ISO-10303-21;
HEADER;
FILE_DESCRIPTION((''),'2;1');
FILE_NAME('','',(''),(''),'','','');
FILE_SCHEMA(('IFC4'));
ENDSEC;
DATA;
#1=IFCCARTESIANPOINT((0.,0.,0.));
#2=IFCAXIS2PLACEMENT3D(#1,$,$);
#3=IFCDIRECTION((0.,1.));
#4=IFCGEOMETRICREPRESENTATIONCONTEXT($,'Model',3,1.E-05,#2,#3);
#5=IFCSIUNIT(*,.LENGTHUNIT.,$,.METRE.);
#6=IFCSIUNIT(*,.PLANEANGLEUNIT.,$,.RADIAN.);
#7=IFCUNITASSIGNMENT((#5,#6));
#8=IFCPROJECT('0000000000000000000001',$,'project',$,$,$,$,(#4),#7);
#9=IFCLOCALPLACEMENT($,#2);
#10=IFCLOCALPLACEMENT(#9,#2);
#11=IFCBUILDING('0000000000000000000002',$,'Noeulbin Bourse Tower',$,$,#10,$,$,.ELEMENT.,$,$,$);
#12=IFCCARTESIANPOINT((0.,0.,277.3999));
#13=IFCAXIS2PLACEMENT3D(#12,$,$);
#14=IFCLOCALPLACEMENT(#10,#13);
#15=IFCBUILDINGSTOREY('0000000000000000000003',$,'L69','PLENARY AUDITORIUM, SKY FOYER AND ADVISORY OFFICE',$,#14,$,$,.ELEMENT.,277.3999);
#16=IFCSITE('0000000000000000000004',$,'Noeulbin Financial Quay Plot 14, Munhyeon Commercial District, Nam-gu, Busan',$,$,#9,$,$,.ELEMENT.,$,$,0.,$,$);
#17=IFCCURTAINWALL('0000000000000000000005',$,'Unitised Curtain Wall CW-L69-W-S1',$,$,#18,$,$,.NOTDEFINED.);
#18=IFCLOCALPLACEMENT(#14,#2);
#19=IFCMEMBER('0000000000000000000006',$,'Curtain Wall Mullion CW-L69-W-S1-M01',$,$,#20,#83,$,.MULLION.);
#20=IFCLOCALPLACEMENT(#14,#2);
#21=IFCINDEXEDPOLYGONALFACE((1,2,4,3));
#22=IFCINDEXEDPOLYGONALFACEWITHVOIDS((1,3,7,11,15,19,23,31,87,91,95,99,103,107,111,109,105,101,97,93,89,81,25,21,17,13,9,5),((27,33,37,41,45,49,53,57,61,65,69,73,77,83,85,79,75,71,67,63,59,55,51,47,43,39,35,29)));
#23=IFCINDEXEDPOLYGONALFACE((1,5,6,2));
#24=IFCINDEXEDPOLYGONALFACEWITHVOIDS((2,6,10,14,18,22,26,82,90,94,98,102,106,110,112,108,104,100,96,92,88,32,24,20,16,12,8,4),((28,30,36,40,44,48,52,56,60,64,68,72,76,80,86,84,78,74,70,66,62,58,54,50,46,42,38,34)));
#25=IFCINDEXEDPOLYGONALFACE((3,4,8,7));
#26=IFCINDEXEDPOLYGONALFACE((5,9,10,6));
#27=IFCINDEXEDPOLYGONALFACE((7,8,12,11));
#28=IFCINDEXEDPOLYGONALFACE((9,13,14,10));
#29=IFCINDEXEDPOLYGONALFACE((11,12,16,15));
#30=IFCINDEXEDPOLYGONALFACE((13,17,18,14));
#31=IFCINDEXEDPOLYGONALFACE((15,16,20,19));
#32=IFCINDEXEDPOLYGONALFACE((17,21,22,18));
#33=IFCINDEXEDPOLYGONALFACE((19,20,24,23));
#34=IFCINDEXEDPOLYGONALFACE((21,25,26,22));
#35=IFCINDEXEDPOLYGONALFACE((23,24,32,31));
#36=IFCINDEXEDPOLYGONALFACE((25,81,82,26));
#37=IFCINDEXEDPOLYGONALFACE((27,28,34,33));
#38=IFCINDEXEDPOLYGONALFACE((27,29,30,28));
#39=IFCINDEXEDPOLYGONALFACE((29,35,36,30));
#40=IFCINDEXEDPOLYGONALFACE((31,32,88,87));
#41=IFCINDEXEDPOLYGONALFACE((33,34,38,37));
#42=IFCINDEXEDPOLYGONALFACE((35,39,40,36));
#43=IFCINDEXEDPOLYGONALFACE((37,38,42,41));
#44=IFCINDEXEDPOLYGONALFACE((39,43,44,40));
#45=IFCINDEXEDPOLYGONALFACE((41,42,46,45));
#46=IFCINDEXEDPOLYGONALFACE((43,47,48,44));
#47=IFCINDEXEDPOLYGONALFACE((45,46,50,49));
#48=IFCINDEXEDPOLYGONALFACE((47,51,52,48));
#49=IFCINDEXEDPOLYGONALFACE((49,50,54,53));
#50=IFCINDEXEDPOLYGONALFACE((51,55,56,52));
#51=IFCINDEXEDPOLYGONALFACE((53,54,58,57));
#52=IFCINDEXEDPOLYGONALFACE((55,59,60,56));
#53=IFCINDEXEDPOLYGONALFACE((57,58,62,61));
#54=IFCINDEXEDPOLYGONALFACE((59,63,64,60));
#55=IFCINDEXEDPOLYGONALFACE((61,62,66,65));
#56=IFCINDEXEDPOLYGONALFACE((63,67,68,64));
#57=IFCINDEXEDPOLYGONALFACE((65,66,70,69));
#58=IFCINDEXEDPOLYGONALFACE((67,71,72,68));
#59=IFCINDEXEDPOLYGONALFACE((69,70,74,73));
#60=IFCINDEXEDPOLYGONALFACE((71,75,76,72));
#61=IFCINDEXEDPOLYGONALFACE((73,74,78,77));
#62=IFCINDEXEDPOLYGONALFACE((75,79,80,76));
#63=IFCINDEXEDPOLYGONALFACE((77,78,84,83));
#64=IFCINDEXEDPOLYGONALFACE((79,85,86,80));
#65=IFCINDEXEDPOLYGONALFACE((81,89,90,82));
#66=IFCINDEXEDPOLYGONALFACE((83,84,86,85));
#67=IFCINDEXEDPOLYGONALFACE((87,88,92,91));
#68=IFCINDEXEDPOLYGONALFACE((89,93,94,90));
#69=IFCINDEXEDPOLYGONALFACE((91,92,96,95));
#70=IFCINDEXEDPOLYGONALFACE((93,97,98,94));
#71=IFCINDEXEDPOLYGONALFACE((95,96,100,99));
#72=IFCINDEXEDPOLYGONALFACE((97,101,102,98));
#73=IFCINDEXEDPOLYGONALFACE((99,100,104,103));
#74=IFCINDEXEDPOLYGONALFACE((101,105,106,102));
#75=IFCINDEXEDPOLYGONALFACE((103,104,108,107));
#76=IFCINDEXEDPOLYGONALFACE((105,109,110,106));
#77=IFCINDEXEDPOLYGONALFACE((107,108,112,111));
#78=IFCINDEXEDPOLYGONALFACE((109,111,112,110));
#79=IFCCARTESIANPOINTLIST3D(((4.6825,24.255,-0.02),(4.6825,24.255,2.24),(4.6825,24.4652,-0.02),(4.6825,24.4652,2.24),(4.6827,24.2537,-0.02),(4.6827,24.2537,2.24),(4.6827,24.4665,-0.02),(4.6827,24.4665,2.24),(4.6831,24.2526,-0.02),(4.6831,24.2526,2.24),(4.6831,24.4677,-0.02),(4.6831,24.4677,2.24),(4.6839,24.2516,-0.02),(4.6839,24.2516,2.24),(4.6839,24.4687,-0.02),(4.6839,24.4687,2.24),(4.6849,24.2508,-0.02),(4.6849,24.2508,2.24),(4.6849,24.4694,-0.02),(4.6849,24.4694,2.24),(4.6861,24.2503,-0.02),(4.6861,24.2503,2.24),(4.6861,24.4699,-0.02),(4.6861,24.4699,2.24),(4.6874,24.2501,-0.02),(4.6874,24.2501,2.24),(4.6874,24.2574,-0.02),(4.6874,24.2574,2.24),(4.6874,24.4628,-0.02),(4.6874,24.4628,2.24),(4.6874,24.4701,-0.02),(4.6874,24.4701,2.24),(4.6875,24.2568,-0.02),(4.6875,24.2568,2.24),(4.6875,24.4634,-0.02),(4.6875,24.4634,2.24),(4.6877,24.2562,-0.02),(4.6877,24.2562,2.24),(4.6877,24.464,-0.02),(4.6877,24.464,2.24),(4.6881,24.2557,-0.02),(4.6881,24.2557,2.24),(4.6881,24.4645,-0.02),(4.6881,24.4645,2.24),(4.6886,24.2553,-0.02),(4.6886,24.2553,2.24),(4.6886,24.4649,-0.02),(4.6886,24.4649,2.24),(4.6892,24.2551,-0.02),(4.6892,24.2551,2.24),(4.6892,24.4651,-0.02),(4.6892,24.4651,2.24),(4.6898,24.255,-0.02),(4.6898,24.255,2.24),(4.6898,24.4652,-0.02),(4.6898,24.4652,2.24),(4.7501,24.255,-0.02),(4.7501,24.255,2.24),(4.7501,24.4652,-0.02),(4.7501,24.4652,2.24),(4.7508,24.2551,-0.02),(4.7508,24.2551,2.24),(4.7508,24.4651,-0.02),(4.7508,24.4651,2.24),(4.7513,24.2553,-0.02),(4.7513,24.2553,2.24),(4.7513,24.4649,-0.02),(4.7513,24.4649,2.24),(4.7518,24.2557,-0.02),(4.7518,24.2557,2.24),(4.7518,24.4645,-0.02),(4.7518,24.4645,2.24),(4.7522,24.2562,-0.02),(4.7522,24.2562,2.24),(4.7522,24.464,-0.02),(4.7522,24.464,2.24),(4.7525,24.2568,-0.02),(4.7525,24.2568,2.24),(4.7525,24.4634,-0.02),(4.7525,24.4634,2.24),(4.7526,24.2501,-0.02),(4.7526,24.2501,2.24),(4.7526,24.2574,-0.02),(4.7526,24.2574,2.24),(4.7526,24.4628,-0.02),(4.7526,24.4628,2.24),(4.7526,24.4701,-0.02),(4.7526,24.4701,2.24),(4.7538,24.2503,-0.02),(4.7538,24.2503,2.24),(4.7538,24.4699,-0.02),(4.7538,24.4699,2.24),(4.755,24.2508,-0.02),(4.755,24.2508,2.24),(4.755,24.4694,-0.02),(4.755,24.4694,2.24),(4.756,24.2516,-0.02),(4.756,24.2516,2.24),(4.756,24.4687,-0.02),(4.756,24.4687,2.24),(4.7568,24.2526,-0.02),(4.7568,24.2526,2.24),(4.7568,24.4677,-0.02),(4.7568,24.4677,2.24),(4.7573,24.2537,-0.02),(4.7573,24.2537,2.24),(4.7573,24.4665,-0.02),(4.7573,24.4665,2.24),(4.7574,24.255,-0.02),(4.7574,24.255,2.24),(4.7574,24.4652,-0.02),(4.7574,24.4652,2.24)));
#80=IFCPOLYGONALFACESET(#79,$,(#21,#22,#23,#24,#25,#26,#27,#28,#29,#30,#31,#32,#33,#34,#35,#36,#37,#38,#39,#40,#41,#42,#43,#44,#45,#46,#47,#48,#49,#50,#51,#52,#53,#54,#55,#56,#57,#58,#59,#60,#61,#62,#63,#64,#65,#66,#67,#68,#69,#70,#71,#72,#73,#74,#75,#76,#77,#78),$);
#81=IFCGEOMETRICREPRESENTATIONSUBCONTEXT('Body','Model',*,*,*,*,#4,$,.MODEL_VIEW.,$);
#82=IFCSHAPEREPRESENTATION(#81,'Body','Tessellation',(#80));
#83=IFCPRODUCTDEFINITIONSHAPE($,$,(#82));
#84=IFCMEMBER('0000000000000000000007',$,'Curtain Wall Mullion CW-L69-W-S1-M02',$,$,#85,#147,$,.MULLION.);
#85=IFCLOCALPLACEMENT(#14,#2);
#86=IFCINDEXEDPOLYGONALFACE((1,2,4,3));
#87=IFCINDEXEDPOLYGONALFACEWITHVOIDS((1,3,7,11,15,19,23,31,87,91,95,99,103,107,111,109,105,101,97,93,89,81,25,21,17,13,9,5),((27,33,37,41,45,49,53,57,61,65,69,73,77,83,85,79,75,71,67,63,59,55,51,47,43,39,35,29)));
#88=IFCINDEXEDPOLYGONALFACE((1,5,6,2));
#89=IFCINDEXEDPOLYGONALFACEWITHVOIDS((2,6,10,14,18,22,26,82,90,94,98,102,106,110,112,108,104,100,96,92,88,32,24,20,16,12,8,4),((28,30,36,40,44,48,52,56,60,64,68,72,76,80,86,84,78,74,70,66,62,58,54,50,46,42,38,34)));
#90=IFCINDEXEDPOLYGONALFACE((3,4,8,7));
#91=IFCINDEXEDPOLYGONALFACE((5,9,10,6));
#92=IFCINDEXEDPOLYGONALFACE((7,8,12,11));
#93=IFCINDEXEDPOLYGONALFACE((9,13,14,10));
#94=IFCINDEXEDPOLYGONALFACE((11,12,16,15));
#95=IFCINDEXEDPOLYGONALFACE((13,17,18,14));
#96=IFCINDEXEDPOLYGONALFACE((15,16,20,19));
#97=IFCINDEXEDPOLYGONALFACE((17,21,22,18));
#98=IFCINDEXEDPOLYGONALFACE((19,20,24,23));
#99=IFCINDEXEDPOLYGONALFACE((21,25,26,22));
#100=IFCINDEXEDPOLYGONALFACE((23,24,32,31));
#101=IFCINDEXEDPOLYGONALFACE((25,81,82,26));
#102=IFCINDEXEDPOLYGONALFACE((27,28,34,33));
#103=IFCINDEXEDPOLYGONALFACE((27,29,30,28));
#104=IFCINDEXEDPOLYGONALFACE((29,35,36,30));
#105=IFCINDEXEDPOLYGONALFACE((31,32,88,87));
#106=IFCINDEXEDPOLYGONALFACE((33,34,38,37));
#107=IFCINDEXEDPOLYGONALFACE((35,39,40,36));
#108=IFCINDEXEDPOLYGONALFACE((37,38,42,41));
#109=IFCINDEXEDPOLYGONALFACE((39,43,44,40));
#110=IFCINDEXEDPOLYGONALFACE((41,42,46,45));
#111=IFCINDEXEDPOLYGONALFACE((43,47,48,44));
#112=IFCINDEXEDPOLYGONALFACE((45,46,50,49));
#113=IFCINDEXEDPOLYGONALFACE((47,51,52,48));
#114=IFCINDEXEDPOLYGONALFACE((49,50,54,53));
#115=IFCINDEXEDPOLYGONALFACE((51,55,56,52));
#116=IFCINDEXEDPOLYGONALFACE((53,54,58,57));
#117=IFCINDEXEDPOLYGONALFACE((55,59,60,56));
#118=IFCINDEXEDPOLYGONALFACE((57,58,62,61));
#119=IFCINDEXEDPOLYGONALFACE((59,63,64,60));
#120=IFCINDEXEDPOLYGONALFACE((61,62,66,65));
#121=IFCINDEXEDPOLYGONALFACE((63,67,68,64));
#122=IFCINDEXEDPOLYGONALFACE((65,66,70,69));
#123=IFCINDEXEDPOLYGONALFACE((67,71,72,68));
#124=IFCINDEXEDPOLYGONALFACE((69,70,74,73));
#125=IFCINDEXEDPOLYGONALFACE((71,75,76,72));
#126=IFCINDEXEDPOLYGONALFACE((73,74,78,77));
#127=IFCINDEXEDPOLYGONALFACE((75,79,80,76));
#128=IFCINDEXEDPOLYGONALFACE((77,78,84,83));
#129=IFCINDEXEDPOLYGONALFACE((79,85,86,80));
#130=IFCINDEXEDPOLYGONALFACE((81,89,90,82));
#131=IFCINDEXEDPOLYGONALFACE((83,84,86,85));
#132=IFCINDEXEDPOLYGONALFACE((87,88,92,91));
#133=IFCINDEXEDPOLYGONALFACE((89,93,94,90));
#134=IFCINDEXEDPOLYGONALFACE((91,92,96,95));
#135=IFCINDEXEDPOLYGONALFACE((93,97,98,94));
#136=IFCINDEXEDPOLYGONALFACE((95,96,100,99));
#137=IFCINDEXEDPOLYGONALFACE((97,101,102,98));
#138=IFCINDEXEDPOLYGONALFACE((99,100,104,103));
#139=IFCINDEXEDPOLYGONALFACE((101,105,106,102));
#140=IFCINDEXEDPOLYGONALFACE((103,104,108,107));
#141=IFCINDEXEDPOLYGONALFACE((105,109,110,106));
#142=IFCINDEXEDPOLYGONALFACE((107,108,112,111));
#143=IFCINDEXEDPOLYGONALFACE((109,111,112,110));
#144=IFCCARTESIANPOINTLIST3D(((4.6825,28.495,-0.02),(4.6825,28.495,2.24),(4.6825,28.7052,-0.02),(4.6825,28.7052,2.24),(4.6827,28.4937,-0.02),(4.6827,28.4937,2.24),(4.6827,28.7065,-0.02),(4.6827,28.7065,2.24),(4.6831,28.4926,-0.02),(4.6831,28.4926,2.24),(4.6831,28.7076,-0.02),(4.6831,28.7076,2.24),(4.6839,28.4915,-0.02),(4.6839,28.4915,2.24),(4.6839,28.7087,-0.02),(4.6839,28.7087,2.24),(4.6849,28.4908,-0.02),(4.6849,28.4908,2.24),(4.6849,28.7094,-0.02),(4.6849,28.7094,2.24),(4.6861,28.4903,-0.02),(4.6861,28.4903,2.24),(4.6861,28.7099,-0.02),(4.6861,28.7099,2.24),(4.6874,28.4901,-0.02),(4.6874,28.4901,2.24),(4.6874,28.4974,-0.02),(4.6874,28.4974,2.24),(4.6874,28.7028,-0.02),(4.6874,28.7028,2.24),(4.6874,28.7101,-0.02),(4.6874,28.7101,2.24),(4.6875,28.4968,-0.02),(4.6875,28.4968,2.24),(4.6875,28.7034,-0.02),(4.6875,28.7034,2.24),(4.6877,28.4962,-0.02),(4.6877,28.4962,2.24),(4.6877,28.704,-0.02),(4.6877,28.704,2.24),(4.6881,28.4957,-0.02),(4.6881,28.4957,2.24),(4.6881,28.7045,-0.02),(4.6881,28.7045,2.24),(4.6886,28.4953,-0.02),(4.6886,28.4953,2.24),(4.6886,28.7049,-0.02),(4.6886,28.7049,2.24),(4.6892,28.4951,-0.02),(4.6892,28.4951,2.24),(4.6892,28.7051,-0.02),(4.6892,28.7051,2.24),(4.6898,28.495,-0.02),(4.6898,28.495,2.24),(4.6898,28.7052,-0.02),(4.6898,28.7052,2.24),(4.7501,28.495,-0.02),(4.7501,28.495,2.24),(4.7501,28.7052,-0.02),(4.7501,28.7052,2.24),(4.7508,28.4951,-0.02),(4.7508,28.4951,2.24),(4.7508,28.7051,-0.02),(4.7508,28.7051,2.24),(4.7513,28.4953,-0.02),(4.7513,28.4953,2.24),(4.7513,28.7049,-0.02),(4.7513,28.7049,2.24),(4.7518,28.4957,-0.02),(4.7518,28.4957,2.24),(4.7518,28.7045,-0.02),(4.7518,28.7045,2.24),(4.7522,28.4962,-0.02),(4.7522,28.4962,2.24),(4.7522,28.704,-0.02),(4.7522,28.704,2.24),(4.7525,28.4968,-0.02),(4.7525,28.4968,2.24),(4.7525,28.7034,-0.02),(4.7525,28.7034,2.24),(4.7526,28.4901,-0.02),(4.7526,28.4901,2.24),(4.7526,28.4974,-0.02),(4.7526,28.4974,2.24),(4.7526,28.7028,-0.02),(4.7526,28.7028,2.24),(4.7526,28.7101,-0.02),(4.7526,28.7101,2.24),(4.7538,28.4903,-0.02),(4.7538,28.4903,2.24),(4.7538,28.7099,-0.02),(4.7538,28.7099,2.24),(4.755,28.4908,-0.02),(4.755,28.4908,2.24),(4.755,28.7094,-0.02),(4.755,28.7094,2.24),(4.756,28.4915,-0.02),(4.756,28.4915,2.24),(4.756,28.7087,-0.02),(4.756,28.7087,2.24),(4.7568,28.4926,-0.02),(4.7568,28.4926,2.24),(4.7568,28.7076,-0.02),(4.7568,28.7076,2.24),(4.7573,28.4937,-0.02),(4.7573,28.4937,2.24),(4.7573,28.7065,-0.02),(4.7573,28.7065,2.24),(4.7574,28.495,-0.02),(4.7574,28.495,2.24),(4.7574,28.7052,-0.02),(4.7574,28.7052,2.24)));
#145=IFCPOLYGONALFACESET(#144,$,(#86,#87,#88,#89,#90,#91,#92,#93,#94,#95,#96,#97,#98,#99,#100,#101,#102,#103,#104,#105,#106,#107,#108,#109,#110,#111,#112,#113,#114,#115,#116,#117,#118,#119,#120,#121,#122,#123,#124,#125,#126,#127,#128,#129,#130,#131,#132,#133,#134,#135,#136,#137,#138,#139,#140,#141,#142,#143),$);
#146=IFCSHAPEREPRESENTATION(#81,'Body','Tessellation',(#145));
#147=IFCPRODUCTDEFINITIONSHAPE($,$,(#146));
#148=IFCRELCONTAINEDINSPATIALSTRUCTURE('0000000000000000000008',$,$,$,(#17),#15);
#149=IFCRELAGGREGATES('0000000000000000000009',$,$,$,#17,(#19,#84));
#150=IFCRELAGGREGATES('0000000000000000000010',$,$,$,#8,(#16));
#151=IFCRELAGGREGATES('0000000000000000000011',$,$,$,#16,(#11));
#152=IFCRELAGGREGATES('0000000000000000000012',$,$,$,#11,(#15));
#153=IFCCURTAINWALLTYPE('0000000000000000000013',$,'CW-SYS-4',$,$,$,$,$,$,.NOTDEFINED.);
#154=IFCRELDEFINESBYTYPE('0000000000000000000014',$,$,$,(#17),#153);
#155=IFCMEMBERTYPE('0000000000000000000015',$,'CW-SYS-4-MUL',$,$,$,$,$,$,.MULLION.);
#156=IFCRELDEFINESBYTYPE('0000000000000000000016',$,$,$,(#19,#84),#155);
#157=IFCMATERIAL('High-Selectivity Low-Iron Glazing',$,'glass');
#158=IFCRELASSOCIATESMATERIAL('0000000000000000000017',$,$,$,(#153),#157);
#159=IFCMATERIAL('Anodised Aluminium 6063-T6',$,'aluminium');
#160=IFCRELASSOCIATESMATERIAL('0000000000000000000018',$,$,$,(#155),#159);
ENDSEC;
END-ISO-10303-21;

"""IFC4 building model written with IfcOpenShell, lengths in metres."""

from ifc_helpers import new_model, si_unit, direction, frame, origin, origin_2d, place, context, subcontext, project, spatial, hollow_rectangle, extrude, material, material_profile, profile_set, type_object, element, aggregate, save


model = new_model("IFC4")

# Units and contexts
model_context = context("Model", 3, precision=1e-05, world=origin(), true_north=direction((0.0, 1.0)))
body_context = subcontext(model_context, "Body", "Model", "MODEL_VIEW")
ifc_project = project(units=[si_unit("LENGTHUNIT", "METRE"), si_unit("PLANEANGLEUNIT", "RADIAN")], contexts=[model_context])

# Site, building, storey
site_placement = place(None, origin())
site = spatial("IfcSite", under=ifc_project, at=site_placement, Name="Noeulbin Financial Quay Plot 14, Munhyeon Commercial District, Nam-gu, Busan", CompositionType="ELEMENT", RefElevation=0.0)
building_placement = place(site_placement, origin())
building = spatial("IfcBuilding", under=site, at=building_placement, Name="Noeulbin Bourse Tower", CompositionType="ELEMENT")
storey_placement = place(building_placement, frame((0.0, 0.0, 277.3999)))
storey = spatial("IfcBuildingStorey", under=building, at=storey_placement, Name="L69", Description="PLENARY AUDITORIUM, SKY FOYER AND ADVISORY OFFICE", CompositionType="ELEMENT", Elevation=277.3999)

# Curtain wall, members
ifc_material_1 = material(Name="High-Selectivity Low-Iron Glazing", Category="glass")
curtain_wall_type = type_object("IfcCurtainWallType", Name="CW-SYS-4", PredefinedType="NOTDEFINED", material=ifc_material_1)
curtain_wall_1_placement = place(storey_placement, origin())
curtain_wall_1 = element("IfcCurtainWall", 1, at=curtain_wall_1_placement, inside=storey, type_object=curtain_wall_type, Name="Unitised Curtain Wall CW-L69-W-S1", PredefinedType="NOTDEFINED")
ifc_material_2 = material(Name="Anodised Aluminium 6063-T6", Category="aluminium")
ifc_material_profile_1 = material_profile(ifc_material_2, hollow_rectangle(XDim=0.075, YDim=0.22, WallThickness=0.0049, InnerFilletRadius=0.0024, OuterFilletRadius=0.0049, at=origin_2d()), Name="ALU-MULL-75x220x5", Category="LoadBearing")
ifc_profile_set_1 = profile_set([ifc_material_profile_1], Name="Anodised Aluminium 6063-T6")
member_type_1 = type_object("IfcMemberType", Name="CW-SYS-4-MUL", PredefinedType="MULLION", material=ifc_profile_set_1)
member_1_placement = place(storey_placement, frame((4.72, 24.3601, -0.02), z_axis=(0.0, 0.0, 1.0), x_axis=(1.0, 0.0, 0.0)))
member_1 = element("IfcMember", 2, at=member_1_placement, type_object=member_type_1, Name="Curtain Wall Mullion CW-L69-W-S1-M01", PredefinedType="MULLION", context=body_context, shape_type="SweptSolid", body=[
    extrude(hollow_rectangle(XDim=0.075, YDim=0.22, WallThickness=0.0049, InnerFilletRadius=0.0024, OuterFilletRadius=0.0049, at=origin_2d()), origin(), (0.0, 0.0, 1.0), 2.26),
])
member_2_placement = place(storey_placement, frame((4.72, 28.6001, -0.02), z_axis=(0.0, 0.0, 1.0), x_axis=(1.0, 0.0, 0.0)))
member_2 = element("IfcMember", 3, at=member_2_placement, type_object=member_type_1, Name="Curtain Wall Mullion CW-L69-W-S1-M02", PredefinedType="MULLION", context=body_context, shape_type="SweptSolid", body=[
    extrude(hollow_rectangle(XDim=0.075, YDim=0.22, WallThickness=0.0049, InnerFilletRadius=0.0024, OuterFilletRadius=0.0049, at=origin_2d()), origin(), (0.0, 0.0, 1.0), 2.26),
])

aggregate(curtain_wall_1, [member_1, member_2])

save(model, "model.ifc")
